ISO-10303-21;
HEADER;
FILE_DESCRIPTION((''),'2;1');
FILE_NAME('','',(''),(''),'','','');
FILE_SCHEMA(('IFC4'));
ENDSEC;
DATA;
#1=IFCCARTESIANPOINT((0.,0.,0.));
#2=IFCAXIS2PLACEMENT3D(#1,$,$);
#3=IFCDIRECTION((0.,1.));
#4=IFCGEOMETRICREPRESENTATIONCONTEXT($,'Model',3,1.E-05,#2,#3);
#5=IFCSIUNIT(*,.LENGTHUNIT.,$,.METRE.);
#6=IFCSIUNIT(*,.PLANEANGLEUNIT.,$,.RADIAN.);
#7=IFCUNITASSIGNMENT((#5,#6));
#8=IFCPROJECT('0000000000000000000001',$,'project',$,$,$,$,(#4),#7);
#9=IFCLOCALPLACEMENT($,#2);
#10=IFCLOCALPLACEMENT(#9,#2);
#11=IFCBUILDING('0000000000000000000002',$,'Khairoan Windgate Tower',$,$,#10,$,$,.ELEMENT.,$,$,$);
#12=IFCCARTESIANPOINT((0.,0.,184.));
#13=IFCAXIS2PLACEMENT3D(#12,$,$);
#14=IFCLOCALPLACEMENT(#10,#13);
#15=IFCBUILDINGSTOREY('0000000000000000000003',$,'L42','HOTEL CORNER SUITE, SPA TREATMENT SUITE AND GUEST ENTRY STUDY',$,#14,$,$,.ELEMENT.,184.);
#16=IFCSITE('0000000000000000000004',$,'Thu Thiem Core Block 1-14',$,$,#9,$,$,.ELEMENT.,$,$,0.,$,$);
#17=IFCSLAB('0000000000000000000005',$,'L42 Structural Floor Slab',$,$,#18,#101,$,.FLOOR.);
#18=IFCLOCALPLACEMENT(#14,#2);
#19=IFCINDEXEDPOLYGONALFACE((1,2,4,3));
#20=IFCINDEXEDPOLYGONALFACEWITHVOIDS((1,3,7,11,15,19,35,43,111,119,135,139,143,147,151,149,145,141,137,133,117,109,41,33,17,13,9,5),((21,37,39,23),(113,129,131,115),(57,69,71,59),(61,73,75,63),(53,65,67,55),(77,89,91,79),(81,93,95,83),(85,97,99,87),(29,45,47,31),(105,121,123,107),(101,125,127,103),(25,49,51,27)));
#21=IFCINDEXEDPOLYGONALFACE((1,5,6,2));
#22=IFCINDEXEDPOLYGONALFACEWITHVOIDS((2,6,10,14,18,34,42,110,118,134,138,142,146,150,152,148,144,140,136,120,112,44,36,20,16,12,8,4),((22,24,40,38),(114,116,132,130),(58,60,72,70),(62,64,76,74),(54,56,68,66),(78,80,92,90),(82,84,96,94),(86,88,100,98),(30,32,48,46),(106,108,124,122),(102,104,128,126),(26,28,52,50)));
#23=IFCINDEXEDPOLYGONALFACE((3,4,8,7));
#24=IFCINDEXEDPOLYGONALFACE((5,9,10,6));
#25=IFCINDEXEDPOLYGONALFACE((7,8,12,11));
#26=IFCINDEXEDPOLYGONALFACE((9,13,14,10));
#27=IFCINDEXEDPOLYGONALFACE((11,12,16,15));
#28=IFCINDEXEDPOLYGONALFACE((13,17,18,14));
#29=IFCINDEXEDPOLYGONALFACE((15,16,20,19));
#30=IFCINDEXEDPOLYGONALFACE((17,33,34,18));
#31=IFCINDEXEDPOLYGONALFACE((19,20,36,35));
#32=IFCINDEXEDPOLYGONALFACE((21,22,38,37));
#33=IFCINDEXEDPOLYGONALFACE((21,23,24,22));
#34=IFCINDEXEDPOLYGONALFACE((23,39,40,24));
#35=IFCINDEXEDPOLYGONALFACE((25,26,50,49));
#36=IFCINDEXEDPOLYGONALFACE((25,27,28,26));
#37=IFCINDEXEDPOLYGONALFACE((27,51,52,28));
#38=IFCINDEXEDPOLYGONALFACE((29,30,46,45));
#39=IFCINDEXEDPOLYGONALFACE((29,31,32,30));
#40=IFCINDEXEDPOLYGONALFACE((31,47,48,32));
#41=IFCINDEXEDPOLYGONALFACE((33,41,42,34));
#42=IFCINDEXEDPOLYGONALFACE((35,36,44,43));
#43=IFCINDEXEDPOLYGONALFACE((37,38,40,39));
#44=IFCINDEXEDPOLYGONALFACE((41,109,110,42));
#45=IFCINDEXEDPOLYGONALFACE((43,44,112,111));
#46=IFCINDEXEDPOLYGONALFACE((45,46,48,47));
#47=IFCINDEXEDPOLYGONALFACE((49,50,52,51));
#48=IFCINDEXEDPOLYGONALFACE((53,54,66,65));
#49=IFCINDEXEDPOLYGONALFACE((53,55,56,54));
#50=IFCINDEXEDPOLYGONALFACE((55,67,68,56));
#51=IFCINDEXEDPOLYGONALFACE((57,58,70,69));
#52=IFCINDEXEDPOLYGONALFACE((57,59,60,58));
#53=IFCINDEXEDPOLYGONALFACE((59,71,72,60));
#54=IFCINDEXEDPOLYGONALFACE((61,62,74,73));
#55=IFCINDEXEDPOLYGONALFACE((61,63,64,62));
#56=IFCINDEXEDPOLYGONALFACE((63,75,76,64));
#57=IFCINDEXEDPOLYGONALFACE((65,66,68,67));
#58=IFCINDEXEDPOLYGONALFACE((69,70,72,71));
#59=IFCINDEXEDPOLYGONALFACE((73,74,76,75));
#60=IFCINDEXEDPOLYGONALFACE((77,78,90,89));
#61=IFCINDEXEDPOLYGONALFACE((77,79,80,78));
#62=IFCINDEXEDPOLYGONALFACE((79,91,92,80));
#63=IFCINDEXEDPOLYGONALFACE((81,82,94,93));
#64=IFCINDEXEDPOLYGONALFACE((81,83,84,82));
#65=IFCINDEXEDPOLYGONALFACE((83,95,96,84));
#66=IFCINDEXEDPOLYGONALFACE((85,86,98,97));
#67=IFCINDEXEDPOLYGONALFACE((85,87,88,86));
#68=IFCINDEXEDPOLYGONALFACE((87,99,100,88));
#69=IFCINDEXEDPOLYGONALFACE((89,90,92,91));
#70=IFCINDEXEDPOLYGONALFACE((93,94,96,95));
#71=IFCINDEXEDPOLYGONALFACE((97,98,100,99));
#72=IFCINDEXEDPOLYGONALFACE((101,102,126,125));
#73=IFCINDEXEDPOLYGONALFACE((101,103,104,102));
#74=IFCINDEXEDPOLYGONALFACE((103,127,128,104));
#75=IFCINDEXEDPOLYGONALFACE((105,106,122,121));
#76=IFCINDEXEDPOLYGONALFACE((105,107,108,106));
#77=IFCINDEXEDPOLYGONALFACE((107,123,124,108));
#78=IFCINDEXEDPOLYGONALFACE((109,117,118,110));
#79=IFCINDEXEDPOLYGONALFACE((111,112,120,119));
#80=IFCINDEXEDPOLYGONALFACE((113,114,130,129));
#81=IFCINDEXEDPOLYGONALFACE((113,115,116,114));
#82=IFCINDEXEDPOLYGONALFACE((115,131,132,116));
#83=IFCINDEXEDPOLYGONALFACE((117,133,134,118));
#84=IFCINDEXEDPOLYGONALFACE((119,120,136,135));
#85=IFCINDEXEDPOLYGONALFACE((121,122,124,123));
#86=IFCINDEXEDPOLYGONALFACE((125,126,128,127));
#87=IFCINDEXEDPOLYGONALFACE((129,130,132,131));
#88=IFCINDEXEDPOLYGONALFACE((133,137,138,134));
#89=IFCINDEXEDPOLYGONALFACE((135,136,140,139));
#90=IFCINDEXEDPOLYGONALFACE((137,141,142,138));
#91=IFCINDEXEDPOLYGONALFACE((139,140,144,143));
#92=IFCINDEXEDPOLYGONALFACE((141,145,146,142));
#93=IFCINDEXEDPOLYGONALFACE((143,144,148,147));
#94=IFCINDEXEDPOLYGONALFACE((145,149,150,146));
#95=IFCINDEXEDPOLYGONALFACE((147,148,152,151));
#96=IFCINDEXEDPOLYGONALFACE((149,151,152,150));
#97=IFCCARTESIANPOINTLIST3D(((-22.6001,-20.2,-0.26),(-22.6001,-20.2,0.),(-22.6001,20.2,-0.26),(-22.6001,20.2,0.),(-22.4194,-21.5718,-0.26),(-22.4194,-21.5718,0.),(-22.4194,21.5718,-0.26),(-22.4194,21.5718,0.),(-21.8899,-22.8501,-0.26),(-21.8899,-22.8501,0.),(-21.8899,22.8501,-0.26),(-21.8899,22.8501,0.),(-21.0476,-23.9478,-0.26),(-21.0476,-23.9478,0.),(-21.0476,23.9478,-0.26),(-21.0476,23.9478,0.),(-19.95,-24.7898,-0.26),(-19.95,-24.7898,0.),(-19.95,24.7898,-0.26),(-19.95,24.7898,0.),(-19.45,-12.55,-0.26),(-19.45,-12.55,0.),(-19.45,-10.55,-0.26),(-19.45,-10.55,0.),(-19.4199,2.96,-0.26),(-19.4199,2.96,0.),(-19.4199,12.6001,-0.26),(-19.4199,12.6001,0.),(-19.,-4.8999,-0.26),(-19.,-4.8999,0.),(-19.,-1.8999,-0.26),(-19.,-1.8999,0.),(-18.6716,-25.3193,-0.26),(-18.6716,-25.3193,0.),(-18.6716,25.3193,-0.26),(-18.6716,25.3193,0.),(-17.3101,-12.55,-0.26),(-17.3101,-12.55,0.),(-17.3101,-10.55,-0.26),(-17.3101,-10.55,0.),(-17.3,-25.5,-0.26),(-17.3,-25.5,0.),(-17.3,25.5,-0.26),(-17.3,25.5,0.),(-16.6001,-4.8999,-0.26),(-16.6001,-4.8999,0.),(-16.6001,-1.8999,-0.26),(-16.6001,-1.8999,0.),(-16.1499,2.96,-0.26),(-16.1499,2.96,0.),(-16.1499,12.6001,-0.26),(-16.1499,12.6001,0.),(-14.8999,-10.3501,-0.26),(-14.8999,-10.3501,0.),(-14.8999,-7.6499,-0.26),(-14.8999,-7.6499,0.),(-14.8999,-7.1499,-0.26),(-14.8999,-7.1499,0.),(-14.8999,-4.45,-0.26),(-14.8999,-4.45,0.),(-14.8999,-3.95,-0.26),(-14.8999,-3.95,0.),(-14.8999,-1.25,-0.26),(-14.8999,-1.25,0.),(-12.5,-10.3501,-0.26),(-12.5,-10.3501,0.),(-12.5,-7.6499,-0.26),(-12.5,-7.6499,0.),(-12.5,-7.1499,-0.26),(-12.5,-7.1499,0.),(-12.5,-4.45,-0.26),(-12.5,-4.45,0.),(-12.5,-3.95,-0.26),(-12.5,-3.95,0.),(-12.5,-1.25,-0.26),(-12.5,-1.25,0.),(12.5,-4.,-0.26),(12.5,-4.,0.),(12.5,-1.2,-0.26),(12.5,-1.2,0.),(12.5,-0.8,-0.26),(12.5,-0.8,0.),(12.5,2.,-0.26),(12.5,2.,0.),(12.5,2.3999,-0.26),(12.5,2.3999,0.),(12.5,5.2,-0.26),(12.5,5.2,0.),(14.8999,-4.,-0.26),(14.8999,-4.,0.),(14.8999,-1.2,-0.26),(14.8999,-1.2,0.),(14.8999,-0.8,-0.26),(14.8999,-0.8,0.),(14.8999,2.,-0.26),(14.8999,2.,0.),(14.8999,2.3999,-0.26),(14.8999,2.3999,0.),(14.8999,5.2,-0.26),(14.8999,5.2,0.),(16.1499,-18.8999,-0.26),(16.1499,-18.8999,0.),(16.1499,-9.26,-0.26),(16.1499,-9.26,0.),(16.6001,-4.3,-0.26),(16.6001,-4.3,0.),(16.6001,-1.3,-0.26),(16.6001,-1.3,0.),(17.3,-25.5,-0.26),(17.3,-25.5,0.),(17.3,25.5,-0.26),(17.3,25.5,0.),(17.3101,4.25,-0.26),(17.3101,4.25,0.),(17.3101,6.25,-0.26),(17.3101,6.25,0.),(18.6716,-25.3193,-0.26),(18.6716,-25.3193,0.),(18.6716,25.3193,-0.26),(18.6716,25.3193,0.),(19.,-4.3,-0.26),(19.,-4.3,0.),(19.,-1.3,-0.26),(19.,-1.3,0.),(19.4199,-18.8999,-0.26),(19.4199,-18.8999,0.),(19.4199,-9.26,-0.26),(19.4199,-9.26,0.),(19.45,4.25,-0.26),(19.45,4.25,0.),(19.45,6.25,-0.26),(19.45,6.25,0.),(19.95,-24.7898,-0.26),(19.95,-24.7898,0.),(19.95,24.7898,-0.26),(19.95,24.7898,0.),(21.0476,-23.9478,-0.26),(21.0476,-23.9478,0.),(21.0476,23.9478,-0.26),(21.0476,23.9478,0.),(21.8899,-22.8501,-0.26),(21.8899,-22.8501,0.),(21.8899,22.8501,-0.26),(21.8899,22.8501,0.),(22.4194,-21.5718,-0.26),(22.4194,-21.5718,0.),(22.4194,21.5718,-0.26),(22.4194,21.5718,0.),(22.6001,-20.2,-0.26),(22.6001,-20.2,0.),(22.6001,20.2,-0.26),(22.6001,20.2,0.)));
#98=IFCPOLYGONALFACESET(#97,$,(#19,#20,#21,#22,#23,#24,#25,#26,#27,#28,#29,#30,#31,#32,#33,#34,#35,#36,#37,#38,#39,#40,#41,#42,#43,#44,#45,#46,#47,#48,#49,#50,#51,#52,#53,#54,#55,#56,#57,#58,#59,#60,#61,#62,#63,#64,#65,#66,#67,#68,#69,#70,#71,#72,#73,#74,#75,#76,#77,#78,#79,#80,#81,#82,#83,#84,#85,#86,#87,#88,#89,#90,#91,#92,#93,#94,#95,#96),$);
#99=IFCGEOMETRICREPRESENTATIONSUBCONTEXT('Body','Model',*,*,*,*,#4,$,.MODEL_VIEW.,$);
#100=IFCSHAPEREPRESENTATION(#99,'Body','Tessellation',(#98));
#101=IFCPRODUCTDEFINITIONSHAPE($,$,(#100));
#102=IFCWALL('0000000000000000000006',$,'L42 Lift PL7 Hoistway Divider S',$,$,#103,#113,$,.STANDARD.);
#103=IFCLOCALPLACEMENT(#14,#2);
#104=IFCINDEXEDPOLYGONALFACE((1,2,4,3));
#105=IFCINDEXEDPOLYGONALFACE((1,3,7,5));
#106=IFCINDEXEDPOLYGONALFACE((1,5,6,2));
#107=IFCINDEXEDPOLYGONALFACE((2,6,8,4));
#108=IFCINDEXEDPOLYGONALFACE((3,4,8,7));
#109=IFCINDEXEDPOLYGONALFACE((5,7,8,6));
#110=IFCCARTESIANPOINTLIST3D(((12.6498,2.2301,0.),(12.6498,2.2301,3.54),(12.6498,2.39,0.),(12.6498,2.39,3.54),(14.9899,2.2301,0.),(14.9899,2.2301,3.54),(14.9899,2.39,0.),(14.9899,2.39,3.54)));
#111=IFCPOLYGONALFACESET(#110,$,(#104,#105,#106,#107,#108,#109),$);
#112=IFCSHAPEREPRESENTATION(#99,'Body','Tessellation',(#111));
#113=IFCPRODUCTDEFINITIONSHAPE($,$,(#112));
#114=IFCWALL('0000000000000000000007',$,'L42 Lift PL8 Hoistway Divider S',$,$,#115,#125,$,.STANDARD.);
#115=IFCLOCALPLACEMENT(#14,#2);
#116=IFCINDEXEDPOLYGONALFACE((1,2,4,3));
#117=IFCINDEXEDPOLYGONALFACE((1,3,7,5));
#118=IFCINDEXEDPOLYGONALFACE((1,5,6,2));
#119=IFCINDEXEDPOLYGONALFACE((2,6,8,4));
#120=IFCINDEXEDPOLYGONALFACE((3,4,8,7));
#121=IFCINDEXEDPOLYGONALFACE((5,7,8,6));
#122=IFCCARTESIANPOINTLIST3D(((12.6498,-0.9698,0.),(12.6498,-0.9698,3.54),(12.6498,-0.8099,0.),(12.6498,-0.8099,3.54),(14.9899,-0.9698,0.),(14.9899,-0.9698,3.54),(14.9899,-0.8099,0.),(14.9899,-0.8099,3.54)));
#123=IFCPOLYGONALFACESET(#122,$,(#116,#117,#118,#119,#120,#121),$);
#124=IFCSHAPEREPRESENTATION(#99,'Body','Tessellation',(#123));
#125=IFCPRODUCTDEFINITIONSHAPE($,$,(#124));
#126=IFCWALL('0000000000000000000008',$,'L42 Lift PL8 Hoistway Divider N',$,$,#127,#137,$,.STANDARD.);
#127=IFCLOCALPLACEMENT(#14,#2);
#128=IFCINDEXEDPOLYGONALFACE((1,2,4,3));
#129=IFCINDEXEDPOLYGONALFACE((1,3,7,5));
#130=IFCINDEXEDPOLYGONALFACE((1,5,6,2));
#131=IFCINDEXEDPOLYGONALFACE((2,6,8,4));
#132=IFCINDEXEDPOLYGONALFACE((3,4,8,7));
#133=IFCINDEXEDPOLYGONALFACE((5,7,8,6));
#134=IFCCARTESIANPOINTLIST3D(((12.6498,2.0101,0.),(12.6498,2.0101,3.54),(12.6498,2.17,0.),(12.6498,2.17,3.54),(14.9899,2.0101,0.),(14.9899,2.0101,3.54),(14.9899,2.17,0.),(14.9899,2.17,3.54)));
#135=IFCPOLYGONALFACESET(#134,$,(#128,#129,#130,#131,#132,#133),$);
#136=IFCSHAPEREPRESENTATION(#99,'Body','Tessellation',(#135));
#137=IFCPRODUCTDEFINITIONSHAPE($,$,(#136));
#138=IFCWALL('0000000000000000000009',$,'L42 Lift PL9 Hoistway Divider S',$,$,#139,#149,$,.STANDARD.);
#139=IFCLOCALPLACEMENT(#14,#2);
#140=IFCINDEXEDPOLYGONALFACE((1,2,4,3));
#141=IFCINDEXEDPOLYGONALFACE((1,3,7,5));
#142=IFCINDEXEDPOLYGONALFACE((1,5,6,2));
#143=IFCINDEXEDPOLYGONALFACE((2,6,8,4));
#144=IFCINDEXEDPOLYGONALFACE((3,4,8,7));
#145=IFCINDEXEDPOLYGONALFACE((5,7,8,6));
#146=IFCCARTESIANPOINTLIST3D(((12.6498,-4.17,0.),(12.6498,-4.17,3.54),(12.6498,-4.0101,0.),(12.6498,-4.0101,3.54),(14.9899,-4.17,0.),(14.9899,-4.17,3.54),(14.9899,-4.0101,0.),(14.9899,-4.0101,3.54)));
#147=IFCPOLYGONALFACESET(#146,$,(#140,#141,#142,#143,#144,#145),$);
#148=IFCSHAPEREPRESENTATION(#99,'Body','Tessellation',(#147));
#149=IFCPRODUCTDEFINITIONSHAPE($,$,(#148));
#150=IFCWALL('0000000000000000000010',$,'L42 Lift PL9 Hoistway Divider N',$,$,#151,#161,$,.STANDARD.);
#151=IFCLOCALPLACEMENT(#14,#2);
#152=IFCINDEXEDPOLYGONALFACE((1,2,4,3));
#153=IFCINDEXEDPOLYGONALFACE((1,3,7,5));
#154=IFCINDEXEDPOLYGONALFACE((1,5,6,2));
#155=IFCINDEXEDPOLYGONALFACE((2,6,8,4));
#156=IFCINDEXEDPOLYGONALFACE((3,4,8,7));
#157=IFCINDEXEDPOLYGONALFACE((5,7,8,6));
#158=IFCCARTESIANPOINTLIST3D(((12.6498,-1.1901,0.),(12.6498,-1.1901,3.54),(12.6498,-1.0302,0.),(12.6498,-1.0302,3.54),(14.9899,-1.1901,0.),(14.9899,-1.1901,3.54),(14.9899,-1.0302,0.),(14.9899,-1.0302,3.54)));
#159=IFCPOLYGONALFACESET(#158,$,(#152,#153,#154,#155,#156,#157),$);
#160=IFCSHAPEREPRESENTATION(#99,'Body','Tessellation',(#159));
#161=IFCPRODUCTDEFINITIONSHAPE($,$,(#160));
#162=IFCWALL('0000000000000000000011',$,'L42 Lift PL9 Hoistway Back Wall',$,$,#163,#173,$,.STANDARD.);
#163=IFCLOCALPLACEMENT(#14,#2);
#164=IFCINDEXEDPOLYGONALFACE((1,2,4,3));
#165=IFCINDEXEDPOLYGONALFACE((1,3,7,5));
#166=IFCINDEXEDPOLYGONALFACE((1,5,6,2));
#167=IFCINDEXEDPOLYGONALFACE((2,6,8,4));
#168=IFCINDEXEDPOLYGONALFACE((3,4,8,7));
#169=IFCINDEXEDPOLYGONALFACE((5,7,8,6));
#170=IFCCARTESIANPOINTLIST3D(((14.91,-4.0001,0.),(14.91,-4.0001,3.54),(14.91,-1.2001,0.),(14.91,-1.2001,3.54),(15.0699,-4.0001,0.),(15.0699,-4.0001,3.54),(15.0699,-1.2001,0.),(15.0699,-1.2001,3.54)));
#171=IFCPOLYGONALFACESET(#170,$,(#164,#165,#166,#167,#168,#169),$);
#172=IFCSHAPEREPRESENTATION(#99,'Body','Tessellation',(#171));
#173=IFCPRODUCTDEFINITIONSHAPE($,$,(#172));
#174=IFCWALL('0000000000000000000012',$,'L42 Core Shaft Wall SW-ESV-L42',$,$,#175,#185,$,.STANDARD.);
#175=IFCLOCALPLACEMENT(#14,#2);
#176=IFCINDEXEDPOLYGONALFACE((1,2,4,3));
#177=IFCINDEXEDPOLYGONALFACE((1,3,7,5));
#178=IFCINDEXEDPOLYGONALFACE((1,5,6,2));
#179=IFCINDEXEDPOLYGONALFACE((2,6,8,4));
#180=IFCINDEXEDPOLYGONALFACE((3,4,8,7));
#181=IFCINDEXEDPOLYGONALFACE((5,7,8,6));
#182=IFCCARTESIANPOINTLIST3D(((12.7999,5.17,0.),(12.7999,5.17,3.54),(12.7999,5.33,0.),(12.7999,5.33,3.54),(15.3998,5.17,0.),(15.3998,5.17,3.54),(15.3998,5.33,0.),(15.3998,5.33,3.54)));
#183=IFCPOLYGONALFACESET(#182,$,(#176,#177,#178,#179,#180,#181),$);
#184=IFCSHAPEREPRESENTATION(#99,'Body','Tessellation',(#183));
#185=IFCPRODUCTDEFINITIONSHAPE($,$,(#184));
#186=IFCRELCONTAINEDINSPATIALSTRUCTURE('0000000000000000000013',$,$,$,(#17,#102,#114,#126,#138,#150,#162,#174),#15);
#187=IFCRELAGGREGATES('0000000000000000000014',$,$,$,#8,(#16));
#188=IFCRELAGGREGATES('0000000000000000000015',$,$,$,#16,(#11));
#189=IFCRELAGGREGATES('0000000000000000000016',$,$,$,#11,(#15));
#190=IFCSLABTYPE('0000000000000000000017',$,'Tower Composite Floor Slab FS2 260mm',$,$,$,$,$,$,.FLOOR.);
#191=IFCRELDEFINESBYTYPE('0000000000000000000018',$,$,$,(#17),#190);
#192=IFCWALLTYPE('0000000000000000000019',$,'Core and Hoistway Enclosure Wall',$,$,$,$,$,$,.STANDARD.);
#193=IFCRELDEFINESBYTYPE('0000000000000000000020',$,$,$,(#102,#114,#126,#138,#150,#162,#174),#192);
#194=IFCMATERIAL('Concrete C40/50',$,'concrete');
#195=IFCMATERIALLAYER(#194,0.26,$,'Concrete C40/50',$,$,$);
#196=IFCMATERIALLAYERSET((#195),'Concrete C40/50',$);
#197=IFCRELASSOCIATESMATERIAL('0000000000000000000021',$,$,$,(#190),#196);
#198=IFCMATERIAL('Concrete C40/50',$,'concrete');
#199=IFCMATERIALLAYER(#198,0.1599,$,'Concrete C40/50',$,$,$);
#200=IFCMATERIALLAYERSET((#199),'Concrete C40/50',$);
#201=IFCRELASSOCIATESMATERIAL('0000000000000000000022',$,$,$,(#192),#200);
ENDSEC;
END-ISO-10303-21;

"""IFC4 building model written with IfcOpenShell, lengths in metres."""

from ifc_helpers import new_model, si_unit, direction, frame, frame_2d, origin, place, context, subcontext, project, spatial, polyline, rectangle, outline, extrude, material, layer, layer_set, type_object, element, save


model = new_model("IFC4")

# Units and contexts
model_context = context("Model", 3, precision=1e-05, world=origin(), true_north=direction((0.0, 1.0)))
body_context = subcontext(model_context, "Body", "Model", "MODEL_VIEW")
ifc_project = project(units=[si_unit("LENGTHUNIT", "METRE"), si_unit("PLANEANGLEUNIT", "RADIAN")], contexts=[model_context])

# Site, building, storey
site_placement = place(None, origin())
site = spatial("IfcSite", under=ifc_project, at=site_placement, Name="Thu Thiem Core Block 1-14", CompositionType="ELEMENT", RefElevation=0.0)
building_placement = place(site_placement, origin())
building = spatial("IfcBuilding", under=site, at=building_placement, Name="Khairoan Windgate Tower", CompositionType="ELEMENT")
storey_placement = place(building_placement, frame((0.0, 0.0, 184.0)))
storey = spatial("IfcBuildingStorey", under=building, at=storey_placement, Name="L42", Description="HOTEL CORNER SUITE, SPA TREATMENT SUITE AND GUEST ENTRY STUDY", CompositionType="ELEMENT", Elevation=184.0)

# Slab
ifc_material_1 = material(Name="Concrete C40/50", Category="concrete")
ifc_layer_1 = layer(ifc_material_1, 0.26, Name="Concrete C40/50")
ifc_layer_set_1 = layer_set([ifc_layer_1], Name="Concrete C40/50")
slab_type_1 = type_object("IfcSlabType", Name="Tower Composite Floor Slab FS2 260mm", PredefinedType="FLOOR", material=ifc_layer_set_1)
slab_1_placement = place(storey_placement, frame((0.0, 0.0, -0.26)))
element("IfcSlab", 1, at=slab_1_placement, inside=storey, type_object=slab_type_1, Name="L42 Structural Floor Slab", PredefinedType="FLOOR", context=body_context, shape_type="SweptSolid", body=[
    extrude(outline(polyline([(17.3, -25.5), (18.6716, -25.3193), (19.95, -24.7898), (21.0476, -23.9478), (21.8899, -22.8501), (22.4194, -21.5718), (22.6001, -20.2), (22.6001, 20.2), (22.4194, 21.5718), (21.8899, 22.8501), (21.0476, 23.9478), (19.95, 24.7898), (18.6716, 25.3193), (17.3, 25.5), (-17.3, 25.5), (-18.6716, 25.3193), (-19.95, 24.7898), (-21.0476, 23.9478), (-21.8899, 22.8501), (-22.4194, 21.5718), (-22.6001, 20.2), (-22.6001, -20.2), (-22.4194, -21.5718), (-21.8899, -22.8501), (-21.0476, -23.9478), (-19.95, -24.7898), (-18.6716, -25.3193), (-17.3, -25.5), (17.3, -25.5)]), holes=[polyline([(16.1499, -9.26), (16.1499, -18.8999), (19.4199, -18.8999), (19.4199, -9.26), (16.1499, -9.26)]), polyline([(-16.1499, 2.96), (-16.1499, 12.6001), (-19.4199, 12.6001), (-19.4199, 2.96), (-16.1499, 2.96)]), polyline([(-14.8999, -3.95), (-12.5, -3.95), (-12.5, -1.25), (-14.8999, -1.25), (-14.8999, -3.95)]), polyline([(-14.8999, -7.1499), (-12.5, -7.1499), (-12.5, -4.45), (-14.8999, -4.45), (-14.8999, -7.1499)]), polyline([(-14.8999, -10.3501), (-12.5, -10.3501), (-12.5, -7.6499), (-14.8999, -7.6499), (-14.8999, -10.3501)]), polyline([(12.5, 2.3999), (14.8999, 2.3999), (14.8999, 5.2), (12.5, 5.2), (12.5, 2.3999)]), polyline([(12.5, -0.8), (14.8999, -0.8), (14.8999, 2.0), (12.5, 2.0), (12.5, -0.8)]), polyline([(12.5, -4.0), (14.8999, -4.0), (14.8999, -1.2), (12.5, -1.2), (12.5, -4.0)]), polyline([(16.6001, -4.3), (19.0, -4.3), (19.0, -1.3), (16.6001, -1.3), (16.6001, -4.3)]), polyline([(-19.0, -4.8999), (-16.6001, -4.8999), (-16.6001, -1.8999), (-19.0, -1.8999), (-19.0, -4.8999)]), polyline([(-19.45, -12.55), (-17.3101, -12.55), (-17.3101, -10.55), (-19.45, -10.55), (-19.45, -12.55)]), polyline([(17.3101, 4.25), (19.45, 4.25), (19.45, 6.25), (17.3101, 6.25), (17.3101, 4.25)])]), origin(), (0.0, 0.0, 1.0), 0.26),
])

# Walls
ifc_material_2 = material(Name="Concrete C40/50", Category="concrete")
ifc_layer_2 = layer(ifc_material_2, 0.1599, Name="Concrete C40/50")
ifc_layer_set_2 = layer_set([ifc_layer_2], Name="Concrete C40/50")
wall_type_1 = type_object("IfcWallType", Name="Core and Hoistway Enclosure Wall", PredefinedType="STANDARD", material=ifc_layer_set_2)
for number, where, z_axis, x_axis, name in (
    (2, (12.6499, 2.3101, 0.0), (0.0, 0.0, 1.0), (1.0, 0.0, 0.0), "L42 Lift PL7 Hoistway Divider S"),
    (3, (12.6499, -0.8899, 0.0), (0.0, 0.0, 1.0), (1.0, 0.0, 0.0), "L42 Lift PL8 Hoistway Divider S"),
    (4, (12.6499, 2.0901, 0.0), (0.0, 0.0, 1.0), (1.0, 0.0, 0.0), "L42 Lift PL8 Hoistway Divider N"),
    (5, (12.6499, -4.0901, 0.0), (0.0, 0.0, 1.0), (1.0, 0.0, 0.0), "L42 Lift PL9 Hoistway Divider S"),
    (6, (12.6499, -1.1101, 0.0), (0.0, 0.0, 1.0), (1.0, 0.0, 0.0), "L42 Lift PL9 Hoistway Divider N"),
):
    element("IfcWall", number, at=place(storey_placement, frame(where, z_axis=z_axis, x_axis=x_axis)), inside=storey, type_object=wall_type_1, Name=name, PredefinedType="STANDARD", context=body_context, shape_type="SweptSolid", body=[
        extrude(rectangle(XDim=2.3401, YDim=0.1599, at=frame_2d((1.1699, 0.0))), origin(), (0.0, 0.0, 1.0), 3.54),
    ])
wall_1_placement = place(storey_placement, frame((14.99, -4.0, 0.0), z_axis=(0.0, 0.0, 1.0), x_axis=(0.0, 1.0, 0.0)))
element("IfcWall", 7, at=wall_1_placement, inside=storey, type_object=wall_type_1, Name="L42 Lift PL9 Hoistway Back Wall", PredefinedType="STANDARD", context=body_context, shape_type="SweptSolid", body=[
    extrude(rectangle(XDim=2.8, YDim=0.1599, at=frame_2d((1.3999, 0.0))), origin(), (0.0, 0.0, 1.0), 3.54),
])
wall_2_placement = place(storey_placement, frame((12.8, 5.25, 0.0), z_axis=(0.0, 0.0, 1.0), x_axis=(1.0, 0.0, 0.0)))
element("IfcWall", 8, at=wall_2_placement, inside=storey, type_object=wall_type_1, Name="L42 Core Shaft Wall SW-ESV-L42", PredefinedType="STANDARD", context=body_context, shape_type="SweptSolid", body=[
    extrude(rectangle(XDim=2.5999, YDim=0.1599, at=frame_2d((1.2998, 0.0))), origin(), (0.0, 0.0, 1.0), 3.54),
])

save(model, "model.ifc")
